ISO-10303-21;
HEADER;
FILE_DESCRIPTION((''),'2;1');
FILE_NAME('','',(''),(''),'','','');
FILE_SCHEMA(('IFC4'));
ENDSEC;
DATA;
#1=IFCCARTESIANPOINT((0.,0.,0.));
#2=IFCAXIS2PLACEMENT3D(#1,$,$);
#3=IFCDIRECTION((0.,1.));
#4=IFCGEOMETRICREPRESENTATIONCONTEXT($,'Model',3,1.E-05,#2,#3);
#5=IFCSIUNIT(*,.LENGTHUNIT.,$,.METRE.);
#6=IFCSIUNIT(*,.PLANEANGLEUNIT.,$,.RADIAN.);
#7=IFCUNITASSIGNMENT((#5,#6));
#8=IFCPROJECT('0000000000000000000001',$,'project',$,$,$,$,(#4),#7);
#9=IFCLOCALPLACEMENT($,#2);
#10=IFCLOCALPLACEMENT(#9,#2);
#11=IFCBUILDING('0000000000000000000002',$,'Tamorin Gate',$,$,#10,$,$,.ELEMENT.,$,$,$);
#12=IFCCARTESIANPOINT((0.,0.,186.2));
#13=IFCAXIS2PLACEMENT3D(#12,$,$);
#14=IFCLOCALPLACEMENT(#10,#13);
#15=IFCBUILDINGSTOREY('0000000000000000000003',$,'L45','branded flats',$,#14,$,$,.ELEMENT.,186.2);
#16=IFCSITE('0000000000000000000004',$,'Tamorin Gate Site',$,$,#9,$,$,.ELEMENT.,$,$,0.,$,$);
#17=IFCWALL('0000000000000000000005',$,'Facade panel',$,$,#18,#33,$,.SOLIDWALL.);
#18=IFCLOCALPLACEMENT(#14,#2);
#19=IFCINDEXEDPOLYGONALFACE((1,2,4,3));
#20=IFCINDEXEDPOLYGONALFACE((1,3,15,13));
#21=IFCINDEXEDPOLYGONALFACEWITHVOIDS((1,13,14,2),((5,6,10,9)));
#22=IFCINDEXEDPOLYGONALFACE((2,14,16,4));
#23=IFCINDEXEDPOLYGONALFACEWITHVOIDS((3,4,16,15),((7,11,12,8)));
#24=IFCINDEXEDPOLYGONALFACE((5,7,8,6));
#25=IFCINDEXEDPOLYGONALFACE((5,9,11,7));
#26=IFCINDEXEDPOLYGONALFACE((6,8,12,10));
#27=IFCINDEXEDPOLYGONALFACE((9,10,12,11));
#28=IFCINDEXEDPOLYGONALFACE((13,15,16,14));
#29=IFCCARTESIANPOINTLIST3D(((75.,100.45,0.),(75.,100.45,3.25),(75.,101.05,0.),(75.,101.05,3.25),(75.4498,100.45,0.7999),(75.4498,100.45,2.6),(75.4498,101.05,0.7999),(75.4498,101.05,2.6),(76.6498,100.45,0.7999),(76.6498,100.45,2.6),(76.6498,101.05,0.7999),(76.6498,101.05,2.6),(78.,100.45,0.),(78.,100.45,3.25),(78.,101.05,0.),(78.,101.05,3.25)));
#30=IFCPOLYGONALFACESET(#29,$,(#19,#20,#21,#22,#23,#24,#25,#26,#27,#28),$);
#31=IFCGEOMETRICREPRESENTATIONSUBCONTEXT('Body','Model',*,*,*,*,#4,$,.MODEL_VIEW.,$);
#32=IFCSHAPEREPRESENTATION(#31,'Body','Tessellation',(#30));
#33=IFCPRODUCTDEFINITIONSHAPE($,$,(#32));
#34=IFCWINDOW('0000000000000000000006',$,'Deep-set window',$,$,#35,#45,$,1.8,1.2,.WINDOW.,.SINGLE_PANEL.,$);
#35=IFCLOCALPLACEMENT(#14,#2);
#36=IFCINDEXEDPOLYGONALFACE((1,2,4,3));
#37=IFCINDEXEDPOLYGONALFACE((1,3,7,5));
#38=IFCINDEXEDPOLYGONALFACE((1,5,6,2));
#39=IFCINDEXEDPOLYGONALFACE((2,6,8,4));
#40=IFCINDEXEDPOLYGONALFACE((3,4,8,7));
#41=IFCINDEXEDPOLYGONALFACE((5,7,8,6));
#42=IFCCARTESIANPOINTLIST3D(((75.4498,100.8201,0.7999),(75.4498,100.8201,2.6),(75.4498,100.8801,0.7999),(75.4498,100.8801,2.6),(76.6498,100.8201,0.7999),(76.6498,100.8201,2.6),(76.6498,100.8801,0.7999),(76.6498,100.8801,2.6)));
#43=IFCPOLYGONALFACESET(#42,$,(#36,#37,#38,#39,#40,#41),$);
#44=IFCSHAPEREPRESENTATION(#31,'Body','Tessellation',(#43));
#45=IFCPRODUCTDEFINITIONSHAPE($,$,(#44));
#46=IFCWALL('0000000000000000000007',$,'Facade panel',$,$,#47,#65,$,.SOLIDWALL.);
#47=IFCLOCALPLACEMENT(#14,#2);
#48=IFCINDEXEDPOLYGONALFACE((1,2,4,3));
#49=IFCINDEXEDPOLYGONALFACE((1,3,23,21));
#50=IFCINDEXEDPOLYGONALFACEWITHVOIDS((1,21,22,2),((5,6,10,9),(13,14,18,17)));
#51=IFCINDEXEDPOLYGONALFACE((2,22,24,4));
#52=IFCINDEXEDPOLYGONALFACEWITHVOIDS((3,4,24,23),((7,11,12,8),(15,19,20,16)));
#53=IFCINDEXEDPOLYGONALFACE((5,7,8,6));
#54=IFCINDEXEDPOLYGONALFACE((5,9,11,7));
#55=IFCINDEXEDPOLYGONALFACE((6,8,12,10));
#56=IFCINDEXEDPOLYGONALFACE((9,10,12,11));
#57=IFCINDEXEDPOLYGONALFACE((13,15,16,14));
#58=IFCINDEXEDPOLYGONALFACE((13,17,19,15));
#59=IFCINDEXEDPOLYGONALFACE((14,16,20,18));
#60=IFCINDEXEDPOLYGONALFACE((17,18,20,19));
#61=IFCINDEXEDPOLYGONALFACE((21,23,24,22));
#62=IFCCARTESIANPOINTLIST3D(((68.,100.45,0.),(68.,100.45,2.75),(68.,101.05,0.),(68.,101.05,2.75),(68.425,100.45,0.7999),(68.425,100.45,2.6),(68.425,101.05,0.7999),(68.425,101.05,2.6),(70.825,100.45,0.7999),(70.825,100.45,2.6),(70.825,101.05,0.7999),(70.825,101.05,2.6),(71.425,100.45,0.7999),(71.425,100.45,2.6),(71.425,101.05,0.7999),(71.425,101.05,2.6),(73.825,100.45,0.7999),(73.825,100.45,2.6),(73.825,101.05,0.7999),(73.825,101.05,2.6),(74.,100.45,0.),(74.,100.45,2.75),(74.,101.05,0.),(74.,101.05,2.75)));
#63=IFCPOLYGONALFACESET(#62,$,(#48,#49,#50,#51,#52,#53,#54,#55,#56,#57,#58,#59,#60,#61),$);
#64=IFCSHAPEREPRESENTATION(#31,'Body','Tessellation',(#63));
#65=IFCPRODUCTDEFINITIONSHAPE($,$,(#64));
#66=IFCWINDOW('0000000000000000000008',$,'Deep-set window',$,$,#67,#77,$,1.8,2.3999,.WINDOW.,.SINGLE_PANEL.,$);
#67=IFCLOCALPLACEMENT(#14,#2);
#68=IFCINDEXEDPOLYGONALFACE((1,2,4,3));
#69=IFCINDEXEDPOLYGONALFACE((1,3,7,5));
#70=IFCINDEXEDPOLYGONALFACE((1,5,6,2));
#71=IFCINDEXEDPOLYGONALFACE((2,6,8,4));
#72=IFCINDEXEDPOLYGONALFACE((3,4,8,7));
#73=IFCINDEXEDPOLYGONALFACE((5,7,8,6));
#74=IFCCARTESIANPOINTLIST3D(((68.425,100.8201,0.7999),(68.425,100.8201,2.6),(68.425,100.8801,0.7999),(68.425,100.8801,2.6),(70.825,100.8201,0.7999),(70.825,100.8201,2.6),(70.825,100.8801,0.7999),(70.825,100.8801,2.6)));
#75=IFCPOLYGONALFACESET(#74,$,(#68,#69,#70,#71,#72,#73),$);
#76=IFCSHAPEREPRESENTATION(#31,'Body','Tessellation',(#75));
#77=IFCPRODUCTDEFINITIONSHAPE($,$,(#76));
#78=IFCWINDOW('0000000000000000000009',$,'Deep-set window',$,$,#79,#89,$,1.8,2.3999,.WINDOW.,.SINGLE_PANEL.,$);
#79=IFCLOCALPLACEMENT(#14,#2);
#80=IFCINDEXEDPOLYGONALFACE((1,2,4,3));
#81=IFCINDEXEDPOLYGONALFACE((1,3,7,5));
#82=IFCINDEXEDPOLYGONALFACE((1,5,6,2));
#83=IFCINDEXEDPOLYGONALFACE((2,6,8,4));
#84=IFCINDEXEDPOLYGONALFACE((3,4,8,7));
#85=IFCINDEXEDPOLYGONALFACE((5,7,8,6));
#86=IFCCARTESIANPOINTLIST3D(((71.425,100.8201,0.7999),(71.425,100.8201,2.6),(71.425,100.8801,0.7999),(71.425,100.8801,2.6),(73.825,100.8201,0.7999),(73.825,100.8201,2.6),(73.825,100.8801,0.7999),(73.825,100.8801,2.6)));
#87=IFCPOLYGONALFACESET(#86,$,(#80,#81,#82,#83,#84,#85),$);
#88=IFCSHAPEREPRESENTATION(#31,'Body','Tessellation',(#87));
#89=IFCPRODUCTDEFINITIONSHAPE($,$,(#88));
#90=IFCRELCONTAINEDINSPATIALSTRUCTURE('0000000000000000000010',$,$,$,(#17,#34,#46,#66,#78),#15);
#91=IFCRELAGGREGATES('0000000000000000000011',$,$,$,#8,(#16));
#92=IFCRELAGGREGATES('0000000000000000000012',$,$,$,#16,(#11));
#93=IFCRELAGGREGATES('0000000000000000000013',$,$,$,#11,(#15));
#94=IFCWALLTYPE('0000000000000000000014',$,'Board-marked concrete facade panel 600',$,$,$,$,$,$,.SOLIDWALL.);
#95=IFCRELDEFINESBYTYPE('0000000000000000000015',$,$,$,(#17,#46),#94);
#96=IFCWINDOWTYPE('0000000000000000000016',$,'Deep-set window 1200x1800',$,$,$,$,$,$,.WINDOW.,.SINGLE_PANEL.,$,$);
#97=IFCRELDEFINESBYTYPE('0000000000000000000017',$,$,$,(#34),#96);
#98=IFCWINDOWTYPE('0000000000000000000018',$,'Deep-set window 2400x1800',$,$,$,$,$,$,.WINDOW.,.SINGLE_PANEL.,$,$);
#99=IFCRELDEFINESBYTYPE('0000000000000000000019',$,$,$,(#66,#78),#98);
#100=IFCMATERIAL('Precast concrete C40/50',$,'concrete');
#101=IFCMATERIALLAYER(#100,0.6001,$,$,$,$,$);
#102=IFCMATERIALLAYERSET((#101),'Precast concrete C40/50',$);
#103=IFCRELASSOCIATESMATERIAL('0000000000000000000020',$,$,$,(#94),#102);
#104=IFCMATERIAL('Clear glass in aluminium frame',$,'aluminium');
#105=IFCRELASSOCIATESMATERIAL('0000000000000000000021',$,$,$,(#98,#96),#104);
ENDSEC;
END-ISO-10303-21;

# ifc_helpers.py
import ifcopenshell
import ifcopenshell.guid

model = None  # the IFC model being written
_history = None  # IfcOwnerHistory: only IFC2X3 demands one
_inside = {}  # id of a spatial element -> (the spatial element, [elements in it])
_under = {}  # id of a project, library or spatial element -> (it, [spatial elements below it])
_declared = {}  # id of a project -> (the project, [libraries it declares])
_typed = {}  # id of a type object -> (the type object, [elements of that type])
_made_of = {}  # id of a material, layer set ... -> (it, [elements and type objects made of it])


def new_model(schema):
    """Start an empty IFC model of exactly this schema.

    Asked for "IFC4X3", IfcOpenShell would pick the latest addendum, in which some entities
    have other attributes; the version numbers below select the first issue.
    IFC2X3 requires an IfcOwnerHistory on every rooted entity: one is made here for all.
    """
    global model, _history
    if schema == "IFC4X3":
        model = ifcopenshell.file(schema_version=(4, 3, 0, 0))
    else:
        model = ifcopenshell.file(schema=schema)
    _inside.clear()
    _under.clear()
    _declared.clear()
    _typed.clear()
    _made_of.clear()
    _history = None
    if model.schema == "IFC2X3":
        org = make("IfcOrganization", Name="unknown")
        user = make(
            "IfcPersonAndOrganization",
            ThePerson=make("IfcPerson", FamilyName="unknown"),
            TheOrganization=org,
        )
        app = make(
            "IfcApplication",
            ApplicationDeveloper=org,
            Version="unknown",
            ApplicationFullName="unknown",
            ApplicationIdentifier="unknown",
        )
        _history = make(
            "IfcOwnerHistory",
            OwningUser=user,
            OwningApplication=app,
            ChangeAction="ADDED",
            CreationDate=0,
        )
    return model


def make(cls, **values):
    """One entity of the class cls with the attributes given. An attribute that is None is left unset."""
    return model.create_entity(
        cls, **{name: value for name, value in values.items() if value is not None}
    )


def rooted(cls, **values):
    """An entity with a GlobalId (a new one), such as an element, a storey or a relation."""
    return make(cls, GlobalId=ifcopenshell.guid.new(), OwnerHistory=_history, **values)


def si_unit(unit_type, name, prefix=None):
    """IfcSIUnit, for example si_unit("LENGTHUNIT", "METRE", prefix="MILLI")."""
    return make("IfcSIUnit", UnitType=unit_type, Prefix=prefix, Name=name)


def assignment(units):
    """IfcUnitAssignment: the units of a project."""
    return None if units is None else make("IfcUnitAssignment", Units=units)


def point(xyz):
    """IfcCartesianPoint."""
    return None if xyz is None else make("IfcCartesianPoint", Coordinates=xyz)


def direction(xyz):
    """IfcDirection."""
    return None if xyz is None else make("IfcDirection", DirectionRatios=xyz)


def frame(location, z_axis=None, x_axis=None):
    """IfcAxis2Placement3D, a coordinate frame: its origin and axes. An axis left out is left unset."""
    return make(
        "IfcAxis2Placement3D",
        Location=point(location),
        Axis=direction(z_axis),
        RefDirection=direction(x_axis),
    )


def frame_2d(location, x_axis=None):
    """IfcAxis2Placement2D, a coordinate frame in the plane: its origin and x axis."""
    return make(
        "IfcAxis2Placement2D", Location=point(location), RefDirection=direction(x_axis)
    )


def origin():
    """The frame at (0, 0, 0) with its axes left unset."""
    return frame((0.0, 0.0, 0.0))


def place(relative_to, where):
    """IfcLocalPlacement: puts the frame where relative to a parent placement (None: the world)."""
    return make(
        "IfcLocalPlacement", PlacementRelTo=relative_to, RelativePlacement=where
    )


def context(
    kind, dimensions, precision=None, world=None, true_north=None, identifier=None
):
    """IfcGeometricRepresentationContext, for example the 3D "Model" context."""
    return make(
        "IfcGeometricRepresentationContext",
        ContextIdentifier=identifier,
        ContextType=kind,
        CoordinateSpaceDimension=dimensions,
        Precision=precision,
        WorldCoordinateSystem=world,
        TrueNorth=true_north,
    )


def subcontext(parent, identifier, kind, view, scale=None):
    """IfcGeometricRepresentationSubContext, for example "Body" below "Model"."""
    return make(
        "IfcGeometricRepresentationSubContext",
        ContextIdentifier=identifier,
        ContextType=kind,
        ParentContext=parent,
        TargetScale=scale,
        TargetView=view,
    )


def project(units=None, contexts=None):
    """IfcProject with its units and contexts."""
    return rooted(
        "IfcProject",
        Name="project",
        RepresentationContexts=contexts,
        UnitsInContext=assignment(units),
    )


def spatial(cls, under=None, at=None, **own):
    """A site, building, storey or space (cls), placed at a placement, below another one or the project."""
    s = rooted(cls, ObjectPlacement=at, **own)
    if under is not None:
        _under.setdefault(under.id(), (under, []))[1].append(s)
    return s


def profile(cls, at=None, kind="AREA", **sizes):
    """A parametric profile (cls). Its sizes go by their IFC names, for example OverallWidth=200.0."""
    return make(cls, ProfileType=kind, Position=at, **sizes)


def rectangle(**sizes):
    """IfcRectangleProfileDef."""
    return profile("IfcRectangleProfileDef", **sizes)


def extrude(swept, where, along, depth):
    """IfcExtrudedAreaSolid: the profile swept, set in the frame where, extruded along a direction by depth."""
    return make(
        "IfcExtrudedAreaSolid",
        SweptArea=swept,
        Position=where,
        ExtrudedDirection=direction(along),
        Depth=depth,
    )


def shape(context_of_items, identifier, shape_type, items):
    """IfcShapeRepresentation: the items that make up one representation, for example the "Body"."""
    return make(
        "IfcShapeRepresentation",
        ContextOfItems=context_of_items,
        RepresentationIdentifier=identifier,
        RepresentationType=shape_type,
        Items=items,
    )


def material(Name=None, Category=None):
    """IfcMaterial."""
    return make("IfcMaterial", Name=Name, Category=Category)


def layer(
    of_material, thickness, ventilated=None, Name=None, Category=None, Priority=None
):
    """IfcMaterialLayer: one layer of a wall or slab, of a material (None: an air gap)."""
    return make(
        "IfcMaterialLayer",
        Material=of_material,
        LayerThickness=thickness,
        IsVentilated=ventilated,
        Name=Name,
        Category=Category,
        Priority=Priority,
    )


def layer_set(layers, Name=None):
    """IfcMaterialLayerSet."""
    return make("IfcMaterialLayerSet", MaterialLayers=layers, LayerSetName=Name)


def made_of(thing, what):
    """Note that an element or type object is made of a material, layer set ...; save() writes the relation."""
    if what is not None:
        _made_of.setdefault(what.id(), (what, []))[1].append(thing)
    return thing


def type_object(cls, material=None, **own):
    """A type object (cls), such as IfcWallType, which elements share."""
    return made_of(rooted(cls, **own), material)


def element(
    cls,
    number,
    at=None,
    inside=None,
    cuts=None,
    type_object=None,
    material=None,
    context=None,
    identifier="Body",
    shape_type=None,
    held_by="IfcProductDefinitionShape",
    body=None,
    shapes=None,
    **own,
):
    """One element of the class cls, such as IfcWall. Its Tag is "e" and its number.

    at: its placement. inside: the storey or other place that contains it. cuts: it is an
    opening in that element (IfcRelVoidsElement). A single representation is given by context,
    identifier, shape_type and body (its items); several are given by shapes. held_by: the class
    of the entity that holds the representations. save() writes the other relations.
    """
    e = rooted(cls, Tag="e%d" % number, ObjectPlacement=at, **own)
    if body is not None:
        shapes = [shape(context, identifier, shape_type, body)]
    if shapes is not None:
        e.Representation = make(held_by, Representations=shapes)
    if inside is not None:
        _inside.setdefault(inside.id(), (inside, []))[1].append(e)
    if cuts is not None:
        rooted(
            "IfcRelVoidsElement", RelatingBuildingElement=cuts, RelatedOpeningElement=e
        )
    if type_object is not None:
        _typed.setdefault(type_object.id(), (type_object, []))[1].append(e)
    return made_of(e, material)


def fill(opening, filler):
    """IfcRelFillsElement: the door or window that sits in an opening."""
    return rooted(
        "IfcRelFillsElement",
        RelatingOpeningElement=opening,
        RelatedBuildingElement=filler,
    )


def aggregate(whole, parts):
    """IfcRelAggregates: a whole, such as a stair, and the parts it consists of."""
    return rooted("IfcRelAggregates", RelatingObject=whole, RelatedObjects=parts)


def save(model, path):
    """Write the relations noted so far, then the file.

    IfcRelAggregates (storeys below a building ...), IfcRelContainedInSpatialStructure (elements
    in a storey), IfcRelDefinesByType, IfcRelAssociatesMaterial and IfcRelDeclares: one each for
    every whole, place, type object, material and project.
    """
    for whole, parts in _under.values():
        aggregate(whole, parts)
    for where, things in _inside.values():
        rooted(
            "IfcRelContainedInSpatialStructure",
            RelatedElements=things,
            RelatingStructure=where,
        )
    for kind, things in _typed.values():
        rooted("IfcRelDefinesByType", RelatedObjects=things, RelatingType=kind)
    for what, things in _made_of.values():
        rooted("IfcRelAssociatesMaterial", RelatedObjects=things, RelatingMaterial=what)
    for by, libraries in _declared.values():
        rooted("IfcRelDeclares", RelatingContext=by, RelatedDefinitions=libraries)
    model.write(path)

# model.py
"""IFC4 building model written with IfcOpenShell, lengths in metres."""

from ifc_helpers import new_model, si_unit, direction, frame, frame_2d, origin, place, context, subcontext, project, spatial, rectangle, extrude, material, layer, layer_set, type_object, element, fill, save


model = new_model("IFC4")

# Units and contexts
model_context = context("Model", 3, precision=1e-05, world=origin(), true_north=direction((0.0, 1.0)))
body_context = subcontext(model_context, "Body", "Model", "MODEL_VIEW")
ifc_project = project(units=[si_unit("LENGTHUNIT", "METRE"), si_unit("PLANEANGLEUNIT", "RADIAN")], contexts=[model_context])

# Site, building, storey
site_placement = place(None, origin())
site = spatial("IfcSite", under=ifc_project, at=site_placement, Name="Tamorin Gate Site", CompositionType="ELEMENT", RefElevation=0.0)
building_placement = place(site_placement, origin())
building = spatial("IfcBuilding", under=site, at=building_placement, Name="Tamorin Gate", CompositionType="ELEMENT")
storey_placement = place(building_placement, frame((0.0, 0.0, 186.2)))
storey = spatial("IfcBuildingStorey", under=building, at=storey_placement, Name="L45", Description="branded flats", CompositionType="ELEMENT", Elevation=186.2)

# Shared definitions
ifc_material_1 = material(Name="Precast concrete C40/50", Category="concrete")
ifc_layer = layer(ifc_material_1, 0.6001)
ifc_layer_set = layer_set([ifc_layer], Name="Precast concrete C40/50")
wall_type = type_object("IfcWallType", Name="Board-marked concrete facade panel 600", PredefinedType="SOLIDWALL", material=ifc_layer_set)
ifc_material_2 = material(Name="Clear glass in aluminium frame", Category="aluminium")
window_type_1 = type_object("IfcWindowType", Name="Deep-set window 2400x1800", PartitioningType="SINGLE_PANEL", PredefinedType="WINDOW", material=ifc_material_2)
window_type_2 = type_object("IfcWindowType", Name="Deep-set window 1200x1800", PartitioningType="SINGLE_PANEL", PredefinedType="WINDOW", material=ifc_material_2)

# Wall, opening, window
wall_1_placement = place(storey_placement, frame((78.0, 100.75, 0.0), z_axis=(0.0, 0.0, 1.0), x_axis=(-1.0, 0.0, 0.0)))
wall_1 = element("IfcWall", 1, at=wall_1_placement, inside=storey, type_object=wall_type, Name="Facade panel", PredefinedType="SOLIDWALL", context=body_context, shape_type="SweptSolid", body=[
    extrude(rectangle(XDim=3.0, YDim=0.6001, at=frame_2d((1.5, 0.0))), origin(), (0.0, 0.0, 1.0), 3.25),
])
opening_1_placement = place(wall_1_placement, frame((1.3501, 0.0, 0.8)))
opening_1 = element("IfcOpeningElement", 2, at=opening_1_placement, cuts=wall_1, PredefinedType="OPENING", context=body_context, shape_type="SweptSolid", body=[
    extrude(rectangle(XDim=1.2, YDim=1.8, at=frame_2d((0.6001, 0.8999))), frame((0.0, 0.3101, 0.0), z_axis=(0.0, -1.0, 0.0), x_axis=(1.0, 0.0, 0.0)), (0.0, 0.0, 1.0), 0.6201),
])
window_1_placement = place(opening_1_placement, origin())
window_1 = element("IfcWindow", 3, at=window_1_placement, inside=storey, type_object=window_type_2, Name="Deep-set window", OverallHeight=1.8, OverallWidth=1.2, PartitioningType="SINGLE_PANEL", PredefinedType="WINDOW", context=body_context, shape_type="SweptSolid", body=[
    extrude(rectangle(XDim=1.2, YDim=1.8, at=frame_2d((0.6001, 0.8999))), frame((0.0, -0.0701, 0.0), z_axis=(0.0, -1.0, 0.0), x_axis=(1.0, 0.0, 0.0)), (0.0, 0.0, 1.0), 0.0601),
])
fill(opening_1, window_1)

# Wall, openings, windows
wall_2_placement = place(storey_placement, frame((74.0, 100.75, 0.0), z_axis=(0.0, 0.0, 1.0), x_axis=(-1.0, 0.0, 0.0)))
wall_2 = element("IfcWall", 4, at=wall_2_placement, inside=storey, type_object=wall_type, Name="Facade panel", PredefinedType="SOLIDWALL", context=body_context, shape_type="SweptSolid", body=[
    extrude(rectangle(XDim=6.0, YDim=0.6001, at=frame_2d((3.0, 0.0))), origin(), (0.0, 0.0, 1.0), 2.75),
])
opening_2_placement = place(wall_2_placement, frame((3.175, 0.0, 0.8)))
opening_2 = element("IfcOpeningElement", 5, at=opening_2_placement, cuts=wall_2, PredefinedType="OPENING", context=body_context, shape_type="SweptSolid", body=[
    extrude(rectangle(XDim=2.3999, YDim=1.8, at=frame_2d((1.2, 0.8999))), frame((0.0, 0.3101, 0.0), z_axis=(0.0, -1.0, 0.0), x_axis=(1.0, 0.0, 0.0)), (0.0, 0.0, 1.0), 0.6201),
])
opening_3_placement = place(wall_2_placement, frame((0.175, 0.0, 0.8)))
opening_3 = element("IfcOpeningElement", 6, at=opening_3_placement, cuts=wall_2, PredefinedType="OPENING", context=body_context, shape_type="SweptSolid", body=[
    extrude(rectangle(XDim=2.3999, YDim=1.8, at=frame_2d((1.2, 0.8999))), frame((0.0, 0.3101, 0.0), z_axis=(0.0, -1.0, 0.0), x_axis=(1.0, 0.0, 0.0)), (0.0, 0.0, 1.0), 0.6201),
])
window_2_placement = place(opening_2_placement, origin())
window_2 = element("IfcWindow", 7, at=window_2_placement, inside=storey, type_object=window_type_1, Name="Deep-set window", OverallHeight=1.8, OverallWidth=2.3999, PartitioningType="SINGLE_PANEL", PredefinedType="WINDOW", context=body_context, shape_type="SweptSolid", body=[
    extrude(rectangle(XDim=2.3999, YDim=1.8, at=frame_2d((1.2, 0.8999))), frame((0.0, -0.0701, 0.0), z_axis=(0.0, -1.0, 0.0), x_axis=(1.0, 0.0, 0.0)), (0.0, 0.0, 1.0), 0.0601),
])
fill(opening_2, window_2)
window_3_placement = place(opening_3_placement, origin())
window_3 = element("IfcWindow", 8, at=window_3_placement, inside=storey, type_object=window_type_1, Name="Deep-set window", OverallHeight=1.8, OverallWidth=2.3999, PartitioningType="SINGLE_PANEL", PredefinedType="WINDOW", context=body_context, shape_type="SweptSolid", body=[
    extrude(rectangle(XDim=2.3999, YDim=1.8, at=frame_2d((1.2, 0.8999))), frame((0.0, -0.0701, 0.0), z_axis=(0.0, -1.0, 0.0), x_axis=(1.0, 0.0, 0.0)), (0.0, 0.0, 1.0), 0.0601),
])
fill(opening_3, window_3)

save(model, "model.ifc")
